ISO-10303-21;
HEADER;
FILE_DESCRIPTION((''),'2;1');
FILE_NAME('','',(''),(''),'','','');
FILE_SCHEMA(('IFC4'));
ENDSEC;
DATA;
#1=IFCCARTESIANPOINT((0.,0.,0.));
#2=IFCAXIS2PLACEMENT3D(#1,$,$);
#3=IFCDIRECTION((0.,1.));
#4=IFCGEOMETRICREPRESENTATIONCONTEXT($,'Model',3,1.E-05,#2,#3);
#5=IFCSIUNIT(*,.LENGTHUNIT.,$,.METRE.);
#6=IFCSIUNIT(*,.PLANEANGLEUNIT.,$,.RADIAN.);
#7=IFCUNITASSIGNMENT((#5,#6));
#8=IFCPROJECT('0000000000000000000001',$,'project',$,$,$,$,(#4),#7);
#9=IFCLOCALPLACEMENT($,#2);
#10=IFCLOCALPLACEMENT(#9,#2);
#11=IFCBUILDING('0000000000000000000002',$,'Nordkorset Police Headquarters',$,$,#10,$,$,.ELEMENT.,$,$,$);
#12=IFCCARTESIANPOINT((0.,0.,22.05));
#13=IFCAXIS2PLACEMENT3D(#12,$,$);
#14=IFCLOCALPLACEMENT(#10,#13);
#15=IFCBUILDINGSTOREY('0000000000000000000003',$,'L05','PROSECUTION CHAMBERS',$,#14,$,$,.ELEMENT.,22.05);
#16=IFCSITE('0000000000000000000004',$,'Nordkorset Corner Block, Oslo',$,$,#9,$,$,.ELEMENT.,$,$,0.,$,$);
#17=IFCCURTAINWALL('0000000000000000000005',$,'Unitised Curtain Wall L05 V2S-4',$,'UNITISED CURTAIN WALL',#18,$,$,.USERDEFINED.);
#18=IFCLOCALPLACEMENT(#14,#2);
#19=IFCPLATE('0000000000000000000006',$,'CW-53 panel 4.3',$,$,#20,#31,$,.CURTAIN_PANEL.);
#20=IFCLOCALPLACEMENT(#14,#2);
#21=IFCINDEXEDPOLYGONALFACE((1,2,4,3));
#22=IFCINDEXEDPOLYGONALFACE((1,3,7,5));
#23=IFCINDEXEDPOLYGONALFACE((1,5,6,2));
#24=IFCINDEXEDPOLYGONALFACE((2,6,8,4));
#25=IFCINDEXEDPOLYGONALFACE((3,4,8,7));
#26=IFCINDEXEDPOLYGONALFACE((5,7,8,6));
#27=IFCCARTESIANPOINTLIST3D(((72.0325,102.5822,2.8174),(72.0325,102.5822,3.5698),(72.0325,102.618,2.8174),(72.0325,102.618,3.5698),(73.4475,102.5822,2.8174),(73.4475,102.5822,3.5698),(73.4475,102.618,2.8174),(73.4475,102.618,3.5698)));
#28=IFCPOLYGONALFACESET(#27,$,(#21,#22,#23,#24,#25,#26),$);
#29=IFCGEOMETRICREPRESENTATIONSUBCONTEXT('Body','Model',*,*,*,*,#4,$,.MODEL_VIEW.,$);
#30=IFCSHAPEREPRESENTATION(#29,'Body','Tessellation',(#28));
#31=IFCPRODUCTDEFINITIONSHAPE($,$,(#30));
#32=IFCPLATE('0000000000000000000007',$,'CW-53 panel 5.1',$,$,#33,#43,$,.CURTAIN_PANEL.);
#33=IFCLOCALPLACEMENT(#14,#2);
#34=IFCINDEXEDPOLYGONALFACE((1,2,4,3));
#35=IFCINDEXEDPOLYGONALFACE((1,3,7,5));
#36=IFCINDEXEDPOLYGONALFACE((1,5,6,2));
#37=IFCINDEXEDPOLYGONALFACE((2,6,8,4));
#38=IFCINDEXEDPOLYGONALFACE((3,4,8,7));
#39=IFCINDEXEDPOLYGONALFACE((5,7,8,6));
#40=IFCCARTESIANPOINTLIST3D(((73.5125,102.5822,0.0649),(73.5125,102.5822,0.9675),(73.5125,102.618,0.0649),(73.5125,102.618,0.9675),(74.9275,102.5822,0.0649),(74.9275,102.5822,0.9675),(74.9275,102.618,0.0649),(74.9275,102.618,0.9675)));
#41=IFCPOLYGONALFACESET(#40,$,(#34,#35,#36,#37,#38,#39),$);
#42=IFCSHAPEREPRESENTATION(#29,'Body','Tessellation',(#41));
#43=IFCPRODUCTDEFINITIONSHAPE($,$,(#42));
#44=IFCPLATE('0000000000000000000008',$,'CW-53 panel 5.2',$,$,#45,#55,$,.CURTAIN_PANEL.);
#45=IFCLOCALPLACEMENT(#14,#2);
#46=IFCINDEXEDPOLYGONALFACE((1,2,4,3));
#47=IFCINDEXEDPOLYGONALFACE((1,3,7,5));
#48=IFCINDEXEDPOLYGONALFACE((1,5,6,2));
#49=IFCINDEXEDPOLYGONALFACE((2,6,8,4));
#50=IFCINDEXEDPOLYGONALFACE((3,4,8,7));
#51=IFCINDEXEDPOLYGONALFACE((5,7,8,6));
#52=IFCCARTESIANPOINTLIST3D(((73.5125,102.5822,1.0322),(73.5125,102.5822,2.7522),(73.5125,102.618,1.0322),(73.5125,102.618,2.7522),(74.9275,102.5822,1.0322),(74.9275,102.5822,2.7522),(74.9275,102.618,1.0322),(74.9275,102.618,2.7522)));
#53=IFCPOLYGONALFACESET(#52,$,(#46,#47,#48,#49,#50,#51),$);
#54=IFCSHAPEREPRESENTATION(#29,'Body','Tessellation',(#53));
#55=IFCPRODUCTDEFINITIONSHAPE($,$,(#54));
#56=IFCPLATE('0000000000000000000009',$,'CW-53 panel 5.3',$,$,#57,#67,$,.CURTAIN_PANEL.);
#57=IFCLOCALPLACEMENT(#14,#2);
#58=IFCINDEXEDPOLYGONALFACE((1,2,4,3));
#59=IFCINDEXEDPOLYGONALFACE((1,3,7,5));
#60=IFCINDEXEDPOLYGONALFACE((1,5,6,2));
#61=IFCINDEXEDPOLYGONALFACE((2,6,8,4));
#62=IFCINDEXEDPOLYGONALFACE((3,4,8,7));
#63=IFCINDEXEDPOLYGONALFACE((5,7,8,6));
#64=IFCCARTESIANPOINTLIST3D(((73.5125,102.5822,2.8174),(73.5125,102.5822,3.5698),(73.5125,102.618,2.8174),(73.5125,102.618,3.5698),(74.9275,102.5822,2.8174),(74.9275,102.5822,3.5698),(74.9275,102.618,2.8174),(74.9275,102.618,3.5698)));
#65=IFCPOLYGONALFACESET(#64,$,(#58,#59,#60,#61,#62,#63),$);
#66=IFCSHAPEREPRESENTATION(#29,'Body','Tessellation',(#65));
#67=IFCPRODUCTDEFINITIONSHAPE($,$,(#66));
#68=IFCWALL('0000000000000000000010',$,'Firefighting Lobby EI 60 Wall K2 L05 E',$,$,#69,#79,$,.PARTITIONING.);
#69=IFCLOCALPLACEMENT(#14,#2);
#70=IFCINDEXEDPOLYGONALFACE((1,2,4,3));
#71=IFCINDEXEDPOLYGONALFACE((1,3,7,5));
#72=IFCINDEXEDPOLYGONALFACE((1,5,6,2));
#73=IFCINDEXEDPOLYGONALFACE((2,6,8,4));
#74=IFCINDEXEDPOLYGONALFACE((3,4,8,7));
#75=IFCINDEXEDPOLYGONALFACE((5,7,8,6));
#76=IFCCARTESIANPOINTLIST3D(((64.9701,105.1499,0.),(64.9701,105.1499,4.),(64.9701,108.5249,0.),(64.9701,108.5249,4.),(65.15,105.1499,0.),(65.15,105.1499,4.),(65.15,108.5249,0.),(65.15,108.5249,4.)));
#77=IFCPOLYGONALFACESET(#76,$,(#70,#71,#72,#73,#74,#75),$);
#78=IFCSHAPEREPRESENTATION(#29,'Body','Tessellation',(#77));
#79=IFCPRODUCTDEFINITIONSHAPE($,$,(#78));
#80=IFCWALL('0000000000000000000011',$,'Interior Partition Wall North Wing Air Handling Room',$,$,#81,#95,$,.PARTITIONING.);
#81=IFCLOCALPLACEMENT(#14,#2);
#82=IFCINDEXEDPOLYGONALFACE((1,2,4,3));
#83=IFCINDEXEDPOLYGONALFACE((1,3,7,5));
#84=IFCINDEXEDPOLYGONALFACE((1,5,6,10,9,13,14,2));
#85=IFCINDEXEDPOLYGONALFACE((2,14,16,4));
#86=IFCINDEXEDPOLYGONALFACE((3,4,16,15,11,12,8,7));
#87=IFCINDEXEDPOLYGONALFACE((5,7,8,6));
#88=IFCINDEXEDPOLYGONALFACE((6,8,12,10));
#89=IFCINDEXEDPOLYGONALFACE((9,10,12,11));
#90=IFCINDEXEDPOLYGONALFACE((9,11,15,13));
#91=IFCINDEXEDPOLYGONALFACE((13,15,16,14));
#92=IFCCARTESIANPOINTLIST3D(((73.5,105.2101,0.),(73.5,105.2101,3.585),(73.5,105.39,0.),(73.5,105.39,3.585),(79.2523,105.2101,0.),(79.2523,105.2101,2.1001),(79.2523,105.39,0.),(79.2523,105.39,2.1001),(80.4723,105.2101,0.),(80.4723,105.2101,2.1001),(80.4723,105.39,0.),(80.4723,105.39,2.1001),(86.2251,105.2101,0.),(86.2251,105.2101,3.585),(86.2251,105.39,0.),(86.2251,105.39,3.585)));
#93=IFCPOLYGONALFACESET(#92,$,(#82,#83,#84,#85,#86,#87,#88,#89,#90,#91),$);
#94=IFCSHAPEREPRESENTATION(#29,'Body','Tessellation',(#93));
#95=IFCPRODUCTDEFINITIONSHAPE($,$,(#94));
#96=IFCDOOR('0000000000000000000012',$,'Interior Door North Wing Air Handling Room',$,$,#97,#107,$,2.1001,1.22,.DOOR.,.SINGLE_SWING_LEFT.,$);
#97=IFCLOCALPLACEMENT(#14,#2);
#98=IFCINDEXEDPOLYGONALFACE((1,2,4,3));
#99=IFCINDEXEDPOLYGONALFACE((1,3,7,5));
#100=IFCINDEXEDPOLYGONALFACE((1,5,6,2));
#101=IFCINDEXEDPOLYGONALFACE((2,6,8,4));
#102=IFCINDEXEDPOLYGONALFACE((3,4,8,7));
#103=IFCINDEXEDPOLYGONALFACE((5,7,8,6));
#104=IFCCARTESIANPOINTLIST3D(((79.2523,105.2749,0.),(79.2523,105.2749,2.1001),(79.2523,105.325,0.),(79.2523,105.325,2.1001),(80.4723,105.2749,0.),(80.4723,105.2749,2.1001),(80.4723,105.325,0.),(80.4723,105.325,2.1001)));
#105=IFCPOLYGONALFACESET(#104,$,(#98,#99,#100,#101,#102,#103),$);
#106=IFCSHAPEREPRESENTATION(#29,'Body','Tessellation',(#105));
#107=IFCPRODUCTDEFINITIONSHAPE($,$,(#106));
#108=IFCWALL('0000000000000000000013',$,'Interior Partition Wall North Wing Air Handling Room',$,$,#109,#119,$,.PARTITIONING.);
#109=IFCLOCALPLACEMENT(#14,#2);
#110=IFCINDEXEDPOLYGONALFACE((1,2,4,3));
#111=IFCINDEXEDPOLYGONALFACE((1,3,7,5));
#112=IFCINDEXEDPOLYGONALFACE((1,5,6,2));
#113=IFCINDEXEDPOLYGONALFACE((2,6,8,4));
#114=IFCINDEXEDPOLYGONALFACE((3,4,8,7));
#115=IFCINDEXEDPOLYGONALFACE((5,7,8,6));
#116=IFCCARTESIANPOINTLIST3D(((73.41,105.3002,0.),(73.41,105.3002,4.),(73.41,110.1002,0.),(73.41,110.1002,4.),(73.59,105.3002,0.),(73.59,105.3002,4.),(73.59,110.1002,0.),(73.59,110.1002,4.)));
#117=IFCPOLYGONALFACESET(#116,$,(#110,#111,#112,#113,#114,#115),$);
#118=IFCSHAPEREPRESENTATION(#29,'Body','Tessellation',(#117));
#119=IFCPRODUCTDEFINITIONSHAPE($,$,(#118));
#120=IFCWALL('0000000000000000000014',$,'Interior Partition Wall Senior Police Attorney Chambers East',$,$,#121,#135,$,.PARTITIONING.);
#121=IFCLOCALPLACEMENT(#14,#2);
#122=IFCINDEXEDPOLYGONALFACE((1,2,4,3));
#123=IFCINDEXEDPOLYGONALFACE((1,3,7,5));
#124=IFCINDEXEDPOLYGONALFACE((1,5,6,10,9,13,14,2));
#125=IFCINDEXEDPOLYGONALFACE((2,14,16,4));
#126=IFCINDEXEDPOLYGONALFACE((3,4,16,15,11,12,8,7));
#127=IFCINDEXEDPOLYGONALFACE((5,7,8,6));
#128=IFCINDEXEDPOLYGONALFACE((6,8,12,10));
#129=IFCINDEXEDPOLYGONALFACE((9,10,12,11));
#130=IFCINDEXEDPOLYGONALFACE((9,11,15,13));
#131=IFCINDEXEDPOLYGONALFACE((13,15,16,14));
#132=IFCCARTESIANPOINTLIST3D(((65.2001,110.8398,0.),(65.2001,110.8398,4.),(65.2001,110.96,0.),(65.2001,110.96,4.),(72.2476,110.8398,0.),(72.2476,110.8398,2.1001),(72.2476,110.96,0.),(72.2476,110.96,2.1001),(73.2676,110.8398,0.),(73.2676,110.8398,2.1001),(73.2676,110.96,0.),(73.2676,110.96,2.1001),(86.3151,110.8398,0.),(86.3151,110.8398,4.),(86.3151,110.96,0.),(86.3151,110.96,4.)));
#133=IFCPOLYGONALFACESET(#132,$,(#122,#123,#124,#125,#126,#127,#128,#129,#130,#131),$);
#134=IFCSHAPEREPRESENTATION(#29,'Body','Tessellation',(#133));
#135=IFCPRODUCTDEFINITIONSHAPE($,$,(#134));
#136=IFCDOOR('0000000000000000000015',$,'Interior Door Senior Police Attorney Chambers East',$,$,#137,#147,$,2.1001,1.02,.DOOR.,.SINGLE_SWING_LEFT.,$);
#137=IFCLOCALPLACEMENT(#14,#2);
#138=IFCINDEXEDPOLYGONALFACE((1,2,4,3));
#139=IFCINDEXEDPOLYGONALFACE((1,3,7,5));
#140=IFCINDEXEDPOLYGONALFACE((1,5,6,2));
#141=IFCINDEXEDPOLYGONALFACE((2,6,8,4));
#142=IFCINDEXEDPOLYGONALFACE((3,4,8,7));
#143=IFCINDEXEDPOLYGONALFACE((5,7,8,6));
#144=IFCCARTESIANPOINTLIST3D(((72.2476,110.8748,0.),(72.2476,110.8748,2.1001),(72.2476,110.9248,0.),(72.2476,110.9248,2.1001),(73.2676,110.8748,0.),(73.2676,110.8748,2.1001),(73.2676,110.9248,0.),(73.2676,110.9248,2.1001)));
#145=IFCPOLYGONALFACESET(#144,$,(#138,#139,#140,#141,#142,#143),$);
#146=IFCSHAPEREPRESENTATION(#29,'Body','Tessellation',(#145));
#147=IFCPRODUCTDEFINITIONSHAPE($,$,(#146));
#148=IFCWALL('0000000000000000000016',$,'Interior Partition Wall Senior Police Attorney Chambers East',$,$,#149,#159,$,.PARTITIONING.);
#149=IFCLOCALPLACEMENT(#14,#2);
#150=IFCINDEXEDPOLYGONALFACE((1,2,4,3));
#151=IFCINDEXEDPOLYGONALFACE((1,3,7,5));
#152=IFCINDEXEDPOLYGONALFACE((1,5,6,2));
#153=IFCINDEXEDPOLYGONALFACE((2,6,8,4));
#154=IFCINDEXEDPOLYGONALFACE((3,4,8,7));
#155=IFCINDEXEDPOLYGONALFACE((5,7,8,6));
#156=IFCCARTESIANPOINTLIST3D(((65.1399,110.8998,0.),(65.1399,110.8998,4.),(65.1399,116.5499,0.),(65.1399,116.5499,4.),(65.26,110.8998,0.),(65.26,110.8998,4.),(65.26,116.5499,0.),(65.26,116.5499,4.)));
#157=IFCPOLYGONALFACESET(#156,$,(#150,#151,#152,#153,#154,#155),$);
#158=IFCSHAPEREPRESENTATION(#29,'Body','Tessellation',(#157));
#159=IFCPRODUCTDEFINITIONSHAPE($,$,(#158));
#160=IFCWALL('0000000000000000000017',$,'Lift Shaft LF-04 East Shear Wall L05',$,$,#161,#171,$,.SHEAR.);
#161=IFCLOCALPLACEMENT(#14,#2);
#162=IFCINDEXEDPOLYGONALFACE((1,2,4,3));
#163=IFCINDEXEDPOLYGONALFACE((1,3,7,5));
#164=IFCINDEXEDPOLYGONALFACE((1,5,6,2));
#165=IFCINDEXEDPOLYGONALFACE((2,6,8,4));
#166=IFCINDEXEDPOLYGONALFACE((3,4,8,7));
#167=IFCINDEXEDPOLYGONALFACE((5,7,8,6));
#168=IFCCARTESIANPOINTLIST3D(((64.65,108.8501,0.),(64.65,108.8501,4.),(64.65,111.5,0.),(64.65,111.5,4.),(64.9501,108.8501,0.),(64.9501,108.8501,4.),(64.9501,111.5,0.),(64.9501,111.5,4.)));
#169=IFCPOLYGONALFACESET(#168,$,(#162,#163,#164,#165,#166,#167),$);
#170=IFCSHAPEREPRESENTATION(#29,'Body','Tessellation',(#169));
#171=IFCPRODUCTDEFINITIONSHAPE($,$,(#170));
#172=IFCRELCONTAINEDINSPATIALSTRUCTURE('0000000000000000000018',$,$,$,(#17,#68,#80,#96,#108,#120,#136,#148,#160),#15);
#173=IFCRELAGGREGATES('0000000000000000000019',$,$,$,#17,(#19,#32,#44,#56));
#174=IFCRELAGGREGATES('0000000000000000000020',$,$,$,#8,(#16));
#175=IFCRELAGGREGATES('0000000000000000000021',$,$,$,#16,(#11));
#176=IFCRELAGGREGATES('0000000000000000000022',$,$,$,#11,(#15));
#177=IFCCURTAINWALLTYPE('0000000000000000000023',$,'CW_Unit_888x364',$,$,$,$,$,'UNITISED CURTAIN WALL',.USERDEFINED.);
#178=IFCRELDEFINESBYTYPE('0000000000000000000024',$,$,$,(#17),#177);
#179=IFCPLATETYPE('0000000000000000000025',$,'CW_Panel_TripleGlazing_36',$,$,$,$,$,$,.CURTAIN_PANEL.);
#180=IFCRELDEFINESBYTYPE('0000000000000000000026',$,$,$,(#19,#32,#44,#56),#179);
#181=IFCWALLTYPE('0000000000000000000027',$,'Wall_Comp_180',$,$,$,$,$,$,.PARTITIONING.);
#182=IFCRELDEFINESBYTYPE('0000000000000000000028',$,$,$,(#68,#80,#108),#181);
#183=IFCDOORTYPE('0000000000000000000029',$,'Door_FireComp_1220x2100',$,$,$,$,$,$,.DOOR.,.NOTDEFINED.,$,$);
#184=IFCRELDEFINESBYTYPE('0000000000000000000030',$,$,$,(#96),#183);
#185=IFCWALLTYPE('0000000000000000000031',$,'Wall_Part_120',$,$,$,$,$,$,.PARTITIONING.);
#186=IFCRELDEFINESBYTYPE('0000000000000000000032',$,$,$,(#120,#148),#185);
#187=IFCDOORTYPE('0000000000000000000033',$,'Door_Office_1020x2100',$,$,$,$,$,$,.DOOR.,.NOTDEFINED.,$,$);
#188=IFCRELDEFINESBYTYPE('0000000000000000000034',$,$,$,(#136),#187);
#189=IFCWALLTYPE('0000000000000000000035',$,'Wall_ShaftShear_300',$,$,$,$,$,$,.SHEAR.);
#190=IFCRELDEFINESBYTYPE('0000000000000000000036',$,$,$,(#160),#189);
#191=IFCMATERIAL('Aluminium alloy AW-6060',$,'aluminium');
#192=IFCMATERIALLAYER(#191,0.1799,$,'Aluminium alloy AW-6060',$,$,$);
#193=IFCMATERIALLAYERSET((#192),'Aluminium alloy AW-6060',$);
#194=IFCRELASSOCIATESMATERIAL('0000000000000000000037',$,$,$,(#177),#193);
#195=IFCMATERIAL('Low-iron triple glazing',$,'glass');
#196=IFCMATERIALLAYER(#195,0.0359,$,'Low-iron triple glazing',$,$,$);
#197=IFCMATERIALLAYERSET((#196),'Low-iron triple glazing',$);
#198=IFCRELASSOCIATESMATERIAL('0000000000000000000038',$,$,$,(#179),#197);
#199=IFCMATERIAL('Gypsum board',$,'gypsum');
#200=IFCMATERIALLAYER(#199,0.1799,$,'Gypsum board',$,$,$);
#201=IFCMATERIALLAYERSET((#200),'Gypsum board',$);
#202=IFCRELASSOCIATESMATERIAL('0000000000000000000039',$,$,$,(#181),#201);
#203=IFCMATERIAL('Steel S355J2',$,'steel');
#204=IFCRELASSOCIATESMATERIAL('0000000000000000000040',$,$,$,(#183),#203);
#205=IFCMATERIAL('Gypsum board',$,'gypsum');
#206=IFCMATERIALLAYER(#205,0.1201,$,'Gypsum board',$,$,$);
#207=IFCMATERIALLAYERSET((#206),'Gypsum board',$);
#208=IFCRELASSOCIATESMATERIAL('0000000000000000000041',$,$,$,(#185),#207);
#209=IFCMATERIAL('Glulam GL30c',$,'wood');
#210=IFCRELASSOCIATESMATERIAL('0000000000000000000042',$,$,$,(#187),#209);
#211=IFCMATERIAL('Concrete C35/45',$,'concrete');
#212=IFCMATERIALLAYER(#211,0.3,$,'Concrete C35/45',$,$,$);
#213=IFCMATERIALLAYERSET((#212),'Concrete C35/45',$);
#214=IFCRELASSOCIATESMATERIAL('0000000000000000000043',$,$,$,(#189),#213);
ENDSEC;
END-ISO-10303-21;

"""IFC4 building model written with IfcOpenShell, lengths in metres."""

from ifc_helpers import new_model, si_unit, direction, frame, frame_2d, origin, origin_2d, place, context, subcontext, project, spatial, rectangle, extrude, material, layer, layer_set, type_object, element, fill, aggregate, save


model = new_model("IFC4")

# Units and contexts
model_context = context("Model", 3, precision=1e-05, world=origin(), true_north=direction((0.0, 1.0)))
body_context = subcontext(model_context, "Body", "Model", "MODEL_VIEW")
ifc_project = project(units=[si_unit("LENGTHUNIT", "METRE"), si_unit("PLANEANGLEUNIT", "RADIAN")], contexts=[model_context])

# Site, building, storey
site_placement = place(None, origin())
site = spatial("IfcSite", under=ifc_project, at=site_placement, Name="Nordkorset Corner Block, Oslo", CompositionType="ELEMENT", RefElevation=0.0)
building_placement = place(site_placement, origin())
building = spatial("IfcBuilding", under=site, at=building_placement, Name="Nordkorset Police Headquarters", CompositionType="ELEMENT")
storey_placement = place(building_placement, frame((0.0, 0.0, 22.05)))
storey = spatial("IfcBuildingStorey", under=building, at=storey_placement, Name="L05", Description="PROSECUTION CHAMBERS", CompositionType="ELEMENT", Elevation=22.05)

# Curtain wall
ifc_material_1 = material(Name="Aluminium alloy AW-6060", Category="aluminium")
ifc_layer_1 = layer(ifc_material_1, 0.1799, Name="Aluminium alloy AW-6060")
ifc_layer_set_1 = layer_set([ifc_layer_1], Name="Aluminium alloy AW-6060")
curtain_wall_type = type_object("IfcCurtainWallType", Name="CW_Unit_888x364", ElementType="UNITISED CURTAIN WALL", PredefinedType="USERDEFINED", material=ifc_layer_set_1)
curtain_wall_placement = place(storey_placement, origin())
curtain_wall = element("IfcCurtainWall", 1, at=curtain_wall_placement, inside=storey, type_object=curtain_wall_type, Name="Unitised Curtain Wall L05 V2S-4", ObjectType="UNITISED CURTAIN WALL", PredefinedType="USERDEFINED")

# Plates
ifc_material_2 = material(Name="Low-iron triple glazing", Category="glass")
ifc_layer_2 = layer(ifc_material_2, 0.0359, Name="Low-iron triple glazing")
ifc_layer_set_2 = layer_set([ifc_layer_2], Name="Low-iron triple glazing")
plate_type = type_object("IfcPlateType", Name="CW_Panel_TripleGlazing_36", PredefinedType="CURTAIN_PANEL", material=ifc_layer_set_2)
plate_1_placement = place(storey_placement, frame((72.74, 102.6001, 2.8174), z_axis=(0.0, 0.0, 1.0), x_axis=(1.0, 0.0, 0.0)))
plate_1 = element("IfcPlate", 2, at=plate_1_placement, type_object=plate_type, Name="CW-53 panel 4.3", PredefinedType="CURTAIN_PANEL", context=body_context, shape_type="SweptSolid", body=[
    extrude(rectangle(XDim=1.415, YDim=0.0359, at=origin_2d()), origin(), (0.0, 0.0, 1.0), 0.7524),
])
plate_2_placement = place(storey_placement, frame((74.22, 102.6001, 0.0649), z_axis=(0.0, 0.0, 1.0), x_axis=(1.0, 0.0, 0.0)))
plate_2 = element("IfcPlate", 3, at=plate_2_placement, type_object=plate_type, Name="CW-53 panel 5.1", PredefinedType="CURTAIN_PANEL", context=body_context, shape_type="SweptSolid", body=[
    extrude(rectangle(XDim=1.415, YDim=0.0359, at=origin_2d()), origin(), (0.0, 0.0, 1.0), 0.9026),
])
plate_3_placement = place(storey_placement, frame((74.22, 102.6001, 1.0322), z_axis=(0.0, 0.0, 1.0), x_axis=(1.0, 0.0, 0.0)))
plate_3 = element("IfcPlate", 4, at=plate_3_placement, type_object=plate_type, Name="CW-53 panel 5.2", PredefinedType="CURTAIN_PANEL", context=body_context, shape_type="SweptSolid", body=[
    extrude(rectangle(XDim=1.415, YDim=0.0359, at=origin_2d()), origin(), (0.0, 0.0, 1.0), 1.72),
])
plate_4_placement = place(storey_placement, frame((74.22, 102.6001, 2.8174), z_axis=(0.0, 0.0, 1.0), x_axis=(1.0, 0.0, 0.0)))
plate_4 = element("IfcPlate", 5, at=plate_4_placement, type_object=plate_type, Name="CW-53 panel 5.3", PredefinedType="CURTAIN_PANEL", context=body_context, shape_type="SweptSolid", body=[
    extrude(rectangle(XDim=1.415, YDim=0.0359, at=origin_2d()), origin(), (0.0, 0.0, 1.0), 0.7524),
])
aggregate(curtain_wall, [plate_1, plate_2, plate_3, plate_4])

# Wall
ifc_material_3 = material(Name="Gypsum board", Category="gypsum")
ifc_layer_3 = layer(ifc_material_3, 0.1799, Name="Gypsum board")
ifc_layer_set_3 = layer_set([ifc_layer_3], Name="Gypsum board")
wall_type_1 = type_object("IfcWallType", Name="Wall_Comp_180", PredefinedType="PARTITIONING", material=ifc_layer_set_3)
wall_1_placement = place(storey_placement, frame((65.0601, 105.1499, 0.0), z_axis=(0.0, 0.0, 1.0), x_axis=(0.0, 1.0, 0.0)))
element("IfcWall", 6, at=wall_1_placement, inside=storey, type_object=wall_type_1, Name="Firefighting Lobby EI 60 Wall K2 L05 E", PredefinedType="PARTITIONING", context=body_context, shape_type="SweptSolid", body=[
    extrude(rectangle(XDim=3.375, YDim=0.1799, at=frame_2d((1.6875, 0.0))), origin(), (0.0, 0.0, 1.0), 4.0),
])

# Wall, opening, door
wall_2_placement = place(storey_placement, frame((73.5, 105.3, 0.0), z_axis=(0.0, 0.0, 1.0), x_axis=(1.0, 0.0, 0.0)))
wall_2 = element("IfcWall", 7, at=wall_2_placement, inside=storey, type_object=wall_type_1, Name="Interior Partition Wall North Wing Air Handling Room", PredefinedType="PARTITIONING", context=body_context, shape_type="SweptSolid", body=[
    extrude(rectangle(XDim=12.7251, YDim=0.1799, at=frame_2d((6.3625, 0.0))), origin(), (0.0, 0.0, 1.0), 3.585),
])
opening_1_placement = place(wall_2_placement, frame((5.7524, 0.0, 0.0)))
opening_1 = element("IfcOpeningElement", 8, at=opening_1_placement, cuts=wall_2, PredefinedType="OPENING", context=body_context, shape_type="SweptSolid", body=[
    extrude(rectangle(XDim=1.22, YDim=2.1001, at=frame_2d((0.6099, 1.05))), frame((0.0, 0.1001, 0.0), z_axis=(0.0, -1.0, 0.0), x_axis=(1.0, 0.0, 0.0)), (0.0, 0.0, 1.0), 0.2),
])
ifc_material_4 = material(Name="Steel S355J2", Category="steel")
door_type_1 = type_object("IfcDoorType", Name="Door_FireComp_1220x2100", OperationType="NOTDEFINED", PredefinedType="DOOR", material=ifc_material_4)
door_1_placement = place(opening_1_placement, origin())
door_1 = element("IfcDoor", 9, at=door_1_placement, inside=storey, type_object=door_type_1, Name="Interior Door North Wing Air Handling Room", OperationType="SINGLE_SWING_LEFT", OverallHeight=2.1001, OverallWidth=1.22, PredefinedType="DOOR", context=body_context, shape_type="SweptSolid", body=[
    extrude(rectangle(XDim=1.22, YDim=2.1001, at=frame_2d((0.6099, 1.05))), frame((0.0, 0.0249, 0.0), z_axis=(0.0, -1.0, 0.0), x_axis=(1.0, 0.0, 0.0)), (0.0, 0.0, 1.0), 0.05),
])
fill(opening_1, door_1)

# Wall
wall_3_placement = place(storey_placement, frame((73.5, 110.1001, 0.0), z_axis=(0.0, 0.0, 1.0), x_axis=(0.0, -1.0, 0.0)))
element("IfcWall", 10, at=wall_3_placement, inside=storey, type_object=wall_type_1, Name="Interior Partition Wall North Wing Air Handling Room", PredefinedType="PARTITIONING", context=body_context, shape_type="SweptSolid", body=[
    extrude(rectangle(XDim=4.8, YDim=0.1799, at=frame_2d((2.3999, 0.0))), origin(), (0.0, 0.0, 1.0), 4.0),
])

# Wall, opening, door
ifc_material_5 = material(Name="Gypsum board", Category="gypsum")
ifc_layer_4 = layer(ifc_material_5, 0.1201, Name="Gypsum board")
ifc_layer_set_4 = layer_set([ifc_layer_4], Name="Gypsum board")
wall_type_2 = type_object("IfcWallType", Name="Wall_Part_120", PredefinedType="PARTITIONING", material=ifc_layer_set_4)
wall_4_placement = place(storey_placement, frame((65.2, 110.8999, 0.0), z_axis=(0.0, 0.0, 1.0), x_axis=(1.0, 0.0, 0.0)))
wall_4 = element("IfcWall", 11, at=wall_4_placement, inside=storey, type_object=wall_type_2, Name="Interior Partition Wall Senior Police Attorney Chambers East", PredefinedType="PARTITIONING", context=body_context, shape_type="SweptSolid", body=[
    extrude(rectangle(XDim=21.115, YDim=0.1201, at=frame_2d((10.5576, 0.0))), origin(), (0.0, 0.0, 1.0), 4.0),
])
opening_2_placement = place(wall_4_placement, frame((7.0476, 0.0, 0.0)))
opening_2 = element("IfcOpeningElement", 12, at=opening_2_placement, cuts=wall_4, PredefinedType="OPENING", context=body_context, shape_type="SweptSolid", body=[
    extrude(rectangle(XDim=1.02, YDim=2.1001, at=frame_2d((0.51, 1.05))), frame((0.0, 0.0701, 0.0), z_axis=(0.0, -1.0, 0.0), x_axis=(1.0, 0.0, 0.0)), (0.0, 0.0, 1.0), 0.1401),
])
ifc_material_6 = material(Name="Glulam GL30c", Category="wood")
door_type_2 = type_object("IfcDoorType", Name="Door_Office_1020x2100", OperationType="NOTDEFINED", PredefinedType="DOOR", material=ifc_material_6)
door_2_placement = place(opening_2_placement, origin())
door_2 = element("IfcDoor", 13, at=door_2_placement, inside=storey, type_object=door_type_2, Name="Interior Door Senior Police Attorney Chambers East", OperationType="SINGLE_SWING_LEFT", OverallHeight=2.1001, OverallWidth=1.02, PredefinedType="DOOR", context=body_context, shape_type="SweptSolid", body=[
    extrude(rectangle(XDim=1.02, YDim=2.1001, at=frame_2d((0.51, 1.05))), frame((0.0, 0.0249, 0.0), z_axis=(0.0, -1.0, 0.0), x_axis=(1.0, 0.0, 0.0)), (0.0, 0.0, 1.0), 0.05),
])
fill(opening_2, door_2)

# Walls
wall_5_placement = place(storey_placement, frame((65.2, 116.55, 0.0), z_axis=(0.0, 0.0, 1.0), x_axis=(0.0, -1.0, 0.0)))
element("IfcWall", 14, at=wall_5_placement, inside=storey, type_object=wall_type_2, Name="Interior Partition Wall Senior Police Attorney Chambers East", PredefinedType="PARTITIONING", context=body_context, shape_type="SweptSolid", body=[
    extrude(rectangle(XDim=5.6501, YDim=0.1201, at=frame_2d((2.8252, 0.0))), origin(), (0.0, 0.0, 1.0), 4.0),
])
ifc_material_7 = material(Name="Concrete C35/45", Category="concrete")
ifc_layer_5 = layer(ifc_material_7, 0.3, Name="Concrete C35/45")
ifc_layer_set_5 = layer_set([ifc_layer_5], Name="Concrete C35/45")
wall_type_3 = type_object("IfcWallType", Name="Wall_ShaftShear_300", PredefinedType="SHEAR", material=ifc_layer_set_5)
wall_6_placement = place(storey_placement, frame((64.8, 108.8501, 0.0), z_axis=(0.0, 0.0, 1.0), x_axis=(0.0, 1.0, 0.0)))
element("IfcWall", 15, at=wall_6_placement, inside=storey, type_object=wall_type_3, Name="Lift Shaft LF-04 East Shear Wall L05", PredefinedType="SHEAR", context=body_context, shape_type="SweptSolid", body=[
    extrude(rectangle(XDim=2.6499, YDim=0.3, at=frame_2d((1.325, 0.0))), origin(), (0.0, 0.0, 1.0), 4.0),
])

save(model, "model.ifc")
